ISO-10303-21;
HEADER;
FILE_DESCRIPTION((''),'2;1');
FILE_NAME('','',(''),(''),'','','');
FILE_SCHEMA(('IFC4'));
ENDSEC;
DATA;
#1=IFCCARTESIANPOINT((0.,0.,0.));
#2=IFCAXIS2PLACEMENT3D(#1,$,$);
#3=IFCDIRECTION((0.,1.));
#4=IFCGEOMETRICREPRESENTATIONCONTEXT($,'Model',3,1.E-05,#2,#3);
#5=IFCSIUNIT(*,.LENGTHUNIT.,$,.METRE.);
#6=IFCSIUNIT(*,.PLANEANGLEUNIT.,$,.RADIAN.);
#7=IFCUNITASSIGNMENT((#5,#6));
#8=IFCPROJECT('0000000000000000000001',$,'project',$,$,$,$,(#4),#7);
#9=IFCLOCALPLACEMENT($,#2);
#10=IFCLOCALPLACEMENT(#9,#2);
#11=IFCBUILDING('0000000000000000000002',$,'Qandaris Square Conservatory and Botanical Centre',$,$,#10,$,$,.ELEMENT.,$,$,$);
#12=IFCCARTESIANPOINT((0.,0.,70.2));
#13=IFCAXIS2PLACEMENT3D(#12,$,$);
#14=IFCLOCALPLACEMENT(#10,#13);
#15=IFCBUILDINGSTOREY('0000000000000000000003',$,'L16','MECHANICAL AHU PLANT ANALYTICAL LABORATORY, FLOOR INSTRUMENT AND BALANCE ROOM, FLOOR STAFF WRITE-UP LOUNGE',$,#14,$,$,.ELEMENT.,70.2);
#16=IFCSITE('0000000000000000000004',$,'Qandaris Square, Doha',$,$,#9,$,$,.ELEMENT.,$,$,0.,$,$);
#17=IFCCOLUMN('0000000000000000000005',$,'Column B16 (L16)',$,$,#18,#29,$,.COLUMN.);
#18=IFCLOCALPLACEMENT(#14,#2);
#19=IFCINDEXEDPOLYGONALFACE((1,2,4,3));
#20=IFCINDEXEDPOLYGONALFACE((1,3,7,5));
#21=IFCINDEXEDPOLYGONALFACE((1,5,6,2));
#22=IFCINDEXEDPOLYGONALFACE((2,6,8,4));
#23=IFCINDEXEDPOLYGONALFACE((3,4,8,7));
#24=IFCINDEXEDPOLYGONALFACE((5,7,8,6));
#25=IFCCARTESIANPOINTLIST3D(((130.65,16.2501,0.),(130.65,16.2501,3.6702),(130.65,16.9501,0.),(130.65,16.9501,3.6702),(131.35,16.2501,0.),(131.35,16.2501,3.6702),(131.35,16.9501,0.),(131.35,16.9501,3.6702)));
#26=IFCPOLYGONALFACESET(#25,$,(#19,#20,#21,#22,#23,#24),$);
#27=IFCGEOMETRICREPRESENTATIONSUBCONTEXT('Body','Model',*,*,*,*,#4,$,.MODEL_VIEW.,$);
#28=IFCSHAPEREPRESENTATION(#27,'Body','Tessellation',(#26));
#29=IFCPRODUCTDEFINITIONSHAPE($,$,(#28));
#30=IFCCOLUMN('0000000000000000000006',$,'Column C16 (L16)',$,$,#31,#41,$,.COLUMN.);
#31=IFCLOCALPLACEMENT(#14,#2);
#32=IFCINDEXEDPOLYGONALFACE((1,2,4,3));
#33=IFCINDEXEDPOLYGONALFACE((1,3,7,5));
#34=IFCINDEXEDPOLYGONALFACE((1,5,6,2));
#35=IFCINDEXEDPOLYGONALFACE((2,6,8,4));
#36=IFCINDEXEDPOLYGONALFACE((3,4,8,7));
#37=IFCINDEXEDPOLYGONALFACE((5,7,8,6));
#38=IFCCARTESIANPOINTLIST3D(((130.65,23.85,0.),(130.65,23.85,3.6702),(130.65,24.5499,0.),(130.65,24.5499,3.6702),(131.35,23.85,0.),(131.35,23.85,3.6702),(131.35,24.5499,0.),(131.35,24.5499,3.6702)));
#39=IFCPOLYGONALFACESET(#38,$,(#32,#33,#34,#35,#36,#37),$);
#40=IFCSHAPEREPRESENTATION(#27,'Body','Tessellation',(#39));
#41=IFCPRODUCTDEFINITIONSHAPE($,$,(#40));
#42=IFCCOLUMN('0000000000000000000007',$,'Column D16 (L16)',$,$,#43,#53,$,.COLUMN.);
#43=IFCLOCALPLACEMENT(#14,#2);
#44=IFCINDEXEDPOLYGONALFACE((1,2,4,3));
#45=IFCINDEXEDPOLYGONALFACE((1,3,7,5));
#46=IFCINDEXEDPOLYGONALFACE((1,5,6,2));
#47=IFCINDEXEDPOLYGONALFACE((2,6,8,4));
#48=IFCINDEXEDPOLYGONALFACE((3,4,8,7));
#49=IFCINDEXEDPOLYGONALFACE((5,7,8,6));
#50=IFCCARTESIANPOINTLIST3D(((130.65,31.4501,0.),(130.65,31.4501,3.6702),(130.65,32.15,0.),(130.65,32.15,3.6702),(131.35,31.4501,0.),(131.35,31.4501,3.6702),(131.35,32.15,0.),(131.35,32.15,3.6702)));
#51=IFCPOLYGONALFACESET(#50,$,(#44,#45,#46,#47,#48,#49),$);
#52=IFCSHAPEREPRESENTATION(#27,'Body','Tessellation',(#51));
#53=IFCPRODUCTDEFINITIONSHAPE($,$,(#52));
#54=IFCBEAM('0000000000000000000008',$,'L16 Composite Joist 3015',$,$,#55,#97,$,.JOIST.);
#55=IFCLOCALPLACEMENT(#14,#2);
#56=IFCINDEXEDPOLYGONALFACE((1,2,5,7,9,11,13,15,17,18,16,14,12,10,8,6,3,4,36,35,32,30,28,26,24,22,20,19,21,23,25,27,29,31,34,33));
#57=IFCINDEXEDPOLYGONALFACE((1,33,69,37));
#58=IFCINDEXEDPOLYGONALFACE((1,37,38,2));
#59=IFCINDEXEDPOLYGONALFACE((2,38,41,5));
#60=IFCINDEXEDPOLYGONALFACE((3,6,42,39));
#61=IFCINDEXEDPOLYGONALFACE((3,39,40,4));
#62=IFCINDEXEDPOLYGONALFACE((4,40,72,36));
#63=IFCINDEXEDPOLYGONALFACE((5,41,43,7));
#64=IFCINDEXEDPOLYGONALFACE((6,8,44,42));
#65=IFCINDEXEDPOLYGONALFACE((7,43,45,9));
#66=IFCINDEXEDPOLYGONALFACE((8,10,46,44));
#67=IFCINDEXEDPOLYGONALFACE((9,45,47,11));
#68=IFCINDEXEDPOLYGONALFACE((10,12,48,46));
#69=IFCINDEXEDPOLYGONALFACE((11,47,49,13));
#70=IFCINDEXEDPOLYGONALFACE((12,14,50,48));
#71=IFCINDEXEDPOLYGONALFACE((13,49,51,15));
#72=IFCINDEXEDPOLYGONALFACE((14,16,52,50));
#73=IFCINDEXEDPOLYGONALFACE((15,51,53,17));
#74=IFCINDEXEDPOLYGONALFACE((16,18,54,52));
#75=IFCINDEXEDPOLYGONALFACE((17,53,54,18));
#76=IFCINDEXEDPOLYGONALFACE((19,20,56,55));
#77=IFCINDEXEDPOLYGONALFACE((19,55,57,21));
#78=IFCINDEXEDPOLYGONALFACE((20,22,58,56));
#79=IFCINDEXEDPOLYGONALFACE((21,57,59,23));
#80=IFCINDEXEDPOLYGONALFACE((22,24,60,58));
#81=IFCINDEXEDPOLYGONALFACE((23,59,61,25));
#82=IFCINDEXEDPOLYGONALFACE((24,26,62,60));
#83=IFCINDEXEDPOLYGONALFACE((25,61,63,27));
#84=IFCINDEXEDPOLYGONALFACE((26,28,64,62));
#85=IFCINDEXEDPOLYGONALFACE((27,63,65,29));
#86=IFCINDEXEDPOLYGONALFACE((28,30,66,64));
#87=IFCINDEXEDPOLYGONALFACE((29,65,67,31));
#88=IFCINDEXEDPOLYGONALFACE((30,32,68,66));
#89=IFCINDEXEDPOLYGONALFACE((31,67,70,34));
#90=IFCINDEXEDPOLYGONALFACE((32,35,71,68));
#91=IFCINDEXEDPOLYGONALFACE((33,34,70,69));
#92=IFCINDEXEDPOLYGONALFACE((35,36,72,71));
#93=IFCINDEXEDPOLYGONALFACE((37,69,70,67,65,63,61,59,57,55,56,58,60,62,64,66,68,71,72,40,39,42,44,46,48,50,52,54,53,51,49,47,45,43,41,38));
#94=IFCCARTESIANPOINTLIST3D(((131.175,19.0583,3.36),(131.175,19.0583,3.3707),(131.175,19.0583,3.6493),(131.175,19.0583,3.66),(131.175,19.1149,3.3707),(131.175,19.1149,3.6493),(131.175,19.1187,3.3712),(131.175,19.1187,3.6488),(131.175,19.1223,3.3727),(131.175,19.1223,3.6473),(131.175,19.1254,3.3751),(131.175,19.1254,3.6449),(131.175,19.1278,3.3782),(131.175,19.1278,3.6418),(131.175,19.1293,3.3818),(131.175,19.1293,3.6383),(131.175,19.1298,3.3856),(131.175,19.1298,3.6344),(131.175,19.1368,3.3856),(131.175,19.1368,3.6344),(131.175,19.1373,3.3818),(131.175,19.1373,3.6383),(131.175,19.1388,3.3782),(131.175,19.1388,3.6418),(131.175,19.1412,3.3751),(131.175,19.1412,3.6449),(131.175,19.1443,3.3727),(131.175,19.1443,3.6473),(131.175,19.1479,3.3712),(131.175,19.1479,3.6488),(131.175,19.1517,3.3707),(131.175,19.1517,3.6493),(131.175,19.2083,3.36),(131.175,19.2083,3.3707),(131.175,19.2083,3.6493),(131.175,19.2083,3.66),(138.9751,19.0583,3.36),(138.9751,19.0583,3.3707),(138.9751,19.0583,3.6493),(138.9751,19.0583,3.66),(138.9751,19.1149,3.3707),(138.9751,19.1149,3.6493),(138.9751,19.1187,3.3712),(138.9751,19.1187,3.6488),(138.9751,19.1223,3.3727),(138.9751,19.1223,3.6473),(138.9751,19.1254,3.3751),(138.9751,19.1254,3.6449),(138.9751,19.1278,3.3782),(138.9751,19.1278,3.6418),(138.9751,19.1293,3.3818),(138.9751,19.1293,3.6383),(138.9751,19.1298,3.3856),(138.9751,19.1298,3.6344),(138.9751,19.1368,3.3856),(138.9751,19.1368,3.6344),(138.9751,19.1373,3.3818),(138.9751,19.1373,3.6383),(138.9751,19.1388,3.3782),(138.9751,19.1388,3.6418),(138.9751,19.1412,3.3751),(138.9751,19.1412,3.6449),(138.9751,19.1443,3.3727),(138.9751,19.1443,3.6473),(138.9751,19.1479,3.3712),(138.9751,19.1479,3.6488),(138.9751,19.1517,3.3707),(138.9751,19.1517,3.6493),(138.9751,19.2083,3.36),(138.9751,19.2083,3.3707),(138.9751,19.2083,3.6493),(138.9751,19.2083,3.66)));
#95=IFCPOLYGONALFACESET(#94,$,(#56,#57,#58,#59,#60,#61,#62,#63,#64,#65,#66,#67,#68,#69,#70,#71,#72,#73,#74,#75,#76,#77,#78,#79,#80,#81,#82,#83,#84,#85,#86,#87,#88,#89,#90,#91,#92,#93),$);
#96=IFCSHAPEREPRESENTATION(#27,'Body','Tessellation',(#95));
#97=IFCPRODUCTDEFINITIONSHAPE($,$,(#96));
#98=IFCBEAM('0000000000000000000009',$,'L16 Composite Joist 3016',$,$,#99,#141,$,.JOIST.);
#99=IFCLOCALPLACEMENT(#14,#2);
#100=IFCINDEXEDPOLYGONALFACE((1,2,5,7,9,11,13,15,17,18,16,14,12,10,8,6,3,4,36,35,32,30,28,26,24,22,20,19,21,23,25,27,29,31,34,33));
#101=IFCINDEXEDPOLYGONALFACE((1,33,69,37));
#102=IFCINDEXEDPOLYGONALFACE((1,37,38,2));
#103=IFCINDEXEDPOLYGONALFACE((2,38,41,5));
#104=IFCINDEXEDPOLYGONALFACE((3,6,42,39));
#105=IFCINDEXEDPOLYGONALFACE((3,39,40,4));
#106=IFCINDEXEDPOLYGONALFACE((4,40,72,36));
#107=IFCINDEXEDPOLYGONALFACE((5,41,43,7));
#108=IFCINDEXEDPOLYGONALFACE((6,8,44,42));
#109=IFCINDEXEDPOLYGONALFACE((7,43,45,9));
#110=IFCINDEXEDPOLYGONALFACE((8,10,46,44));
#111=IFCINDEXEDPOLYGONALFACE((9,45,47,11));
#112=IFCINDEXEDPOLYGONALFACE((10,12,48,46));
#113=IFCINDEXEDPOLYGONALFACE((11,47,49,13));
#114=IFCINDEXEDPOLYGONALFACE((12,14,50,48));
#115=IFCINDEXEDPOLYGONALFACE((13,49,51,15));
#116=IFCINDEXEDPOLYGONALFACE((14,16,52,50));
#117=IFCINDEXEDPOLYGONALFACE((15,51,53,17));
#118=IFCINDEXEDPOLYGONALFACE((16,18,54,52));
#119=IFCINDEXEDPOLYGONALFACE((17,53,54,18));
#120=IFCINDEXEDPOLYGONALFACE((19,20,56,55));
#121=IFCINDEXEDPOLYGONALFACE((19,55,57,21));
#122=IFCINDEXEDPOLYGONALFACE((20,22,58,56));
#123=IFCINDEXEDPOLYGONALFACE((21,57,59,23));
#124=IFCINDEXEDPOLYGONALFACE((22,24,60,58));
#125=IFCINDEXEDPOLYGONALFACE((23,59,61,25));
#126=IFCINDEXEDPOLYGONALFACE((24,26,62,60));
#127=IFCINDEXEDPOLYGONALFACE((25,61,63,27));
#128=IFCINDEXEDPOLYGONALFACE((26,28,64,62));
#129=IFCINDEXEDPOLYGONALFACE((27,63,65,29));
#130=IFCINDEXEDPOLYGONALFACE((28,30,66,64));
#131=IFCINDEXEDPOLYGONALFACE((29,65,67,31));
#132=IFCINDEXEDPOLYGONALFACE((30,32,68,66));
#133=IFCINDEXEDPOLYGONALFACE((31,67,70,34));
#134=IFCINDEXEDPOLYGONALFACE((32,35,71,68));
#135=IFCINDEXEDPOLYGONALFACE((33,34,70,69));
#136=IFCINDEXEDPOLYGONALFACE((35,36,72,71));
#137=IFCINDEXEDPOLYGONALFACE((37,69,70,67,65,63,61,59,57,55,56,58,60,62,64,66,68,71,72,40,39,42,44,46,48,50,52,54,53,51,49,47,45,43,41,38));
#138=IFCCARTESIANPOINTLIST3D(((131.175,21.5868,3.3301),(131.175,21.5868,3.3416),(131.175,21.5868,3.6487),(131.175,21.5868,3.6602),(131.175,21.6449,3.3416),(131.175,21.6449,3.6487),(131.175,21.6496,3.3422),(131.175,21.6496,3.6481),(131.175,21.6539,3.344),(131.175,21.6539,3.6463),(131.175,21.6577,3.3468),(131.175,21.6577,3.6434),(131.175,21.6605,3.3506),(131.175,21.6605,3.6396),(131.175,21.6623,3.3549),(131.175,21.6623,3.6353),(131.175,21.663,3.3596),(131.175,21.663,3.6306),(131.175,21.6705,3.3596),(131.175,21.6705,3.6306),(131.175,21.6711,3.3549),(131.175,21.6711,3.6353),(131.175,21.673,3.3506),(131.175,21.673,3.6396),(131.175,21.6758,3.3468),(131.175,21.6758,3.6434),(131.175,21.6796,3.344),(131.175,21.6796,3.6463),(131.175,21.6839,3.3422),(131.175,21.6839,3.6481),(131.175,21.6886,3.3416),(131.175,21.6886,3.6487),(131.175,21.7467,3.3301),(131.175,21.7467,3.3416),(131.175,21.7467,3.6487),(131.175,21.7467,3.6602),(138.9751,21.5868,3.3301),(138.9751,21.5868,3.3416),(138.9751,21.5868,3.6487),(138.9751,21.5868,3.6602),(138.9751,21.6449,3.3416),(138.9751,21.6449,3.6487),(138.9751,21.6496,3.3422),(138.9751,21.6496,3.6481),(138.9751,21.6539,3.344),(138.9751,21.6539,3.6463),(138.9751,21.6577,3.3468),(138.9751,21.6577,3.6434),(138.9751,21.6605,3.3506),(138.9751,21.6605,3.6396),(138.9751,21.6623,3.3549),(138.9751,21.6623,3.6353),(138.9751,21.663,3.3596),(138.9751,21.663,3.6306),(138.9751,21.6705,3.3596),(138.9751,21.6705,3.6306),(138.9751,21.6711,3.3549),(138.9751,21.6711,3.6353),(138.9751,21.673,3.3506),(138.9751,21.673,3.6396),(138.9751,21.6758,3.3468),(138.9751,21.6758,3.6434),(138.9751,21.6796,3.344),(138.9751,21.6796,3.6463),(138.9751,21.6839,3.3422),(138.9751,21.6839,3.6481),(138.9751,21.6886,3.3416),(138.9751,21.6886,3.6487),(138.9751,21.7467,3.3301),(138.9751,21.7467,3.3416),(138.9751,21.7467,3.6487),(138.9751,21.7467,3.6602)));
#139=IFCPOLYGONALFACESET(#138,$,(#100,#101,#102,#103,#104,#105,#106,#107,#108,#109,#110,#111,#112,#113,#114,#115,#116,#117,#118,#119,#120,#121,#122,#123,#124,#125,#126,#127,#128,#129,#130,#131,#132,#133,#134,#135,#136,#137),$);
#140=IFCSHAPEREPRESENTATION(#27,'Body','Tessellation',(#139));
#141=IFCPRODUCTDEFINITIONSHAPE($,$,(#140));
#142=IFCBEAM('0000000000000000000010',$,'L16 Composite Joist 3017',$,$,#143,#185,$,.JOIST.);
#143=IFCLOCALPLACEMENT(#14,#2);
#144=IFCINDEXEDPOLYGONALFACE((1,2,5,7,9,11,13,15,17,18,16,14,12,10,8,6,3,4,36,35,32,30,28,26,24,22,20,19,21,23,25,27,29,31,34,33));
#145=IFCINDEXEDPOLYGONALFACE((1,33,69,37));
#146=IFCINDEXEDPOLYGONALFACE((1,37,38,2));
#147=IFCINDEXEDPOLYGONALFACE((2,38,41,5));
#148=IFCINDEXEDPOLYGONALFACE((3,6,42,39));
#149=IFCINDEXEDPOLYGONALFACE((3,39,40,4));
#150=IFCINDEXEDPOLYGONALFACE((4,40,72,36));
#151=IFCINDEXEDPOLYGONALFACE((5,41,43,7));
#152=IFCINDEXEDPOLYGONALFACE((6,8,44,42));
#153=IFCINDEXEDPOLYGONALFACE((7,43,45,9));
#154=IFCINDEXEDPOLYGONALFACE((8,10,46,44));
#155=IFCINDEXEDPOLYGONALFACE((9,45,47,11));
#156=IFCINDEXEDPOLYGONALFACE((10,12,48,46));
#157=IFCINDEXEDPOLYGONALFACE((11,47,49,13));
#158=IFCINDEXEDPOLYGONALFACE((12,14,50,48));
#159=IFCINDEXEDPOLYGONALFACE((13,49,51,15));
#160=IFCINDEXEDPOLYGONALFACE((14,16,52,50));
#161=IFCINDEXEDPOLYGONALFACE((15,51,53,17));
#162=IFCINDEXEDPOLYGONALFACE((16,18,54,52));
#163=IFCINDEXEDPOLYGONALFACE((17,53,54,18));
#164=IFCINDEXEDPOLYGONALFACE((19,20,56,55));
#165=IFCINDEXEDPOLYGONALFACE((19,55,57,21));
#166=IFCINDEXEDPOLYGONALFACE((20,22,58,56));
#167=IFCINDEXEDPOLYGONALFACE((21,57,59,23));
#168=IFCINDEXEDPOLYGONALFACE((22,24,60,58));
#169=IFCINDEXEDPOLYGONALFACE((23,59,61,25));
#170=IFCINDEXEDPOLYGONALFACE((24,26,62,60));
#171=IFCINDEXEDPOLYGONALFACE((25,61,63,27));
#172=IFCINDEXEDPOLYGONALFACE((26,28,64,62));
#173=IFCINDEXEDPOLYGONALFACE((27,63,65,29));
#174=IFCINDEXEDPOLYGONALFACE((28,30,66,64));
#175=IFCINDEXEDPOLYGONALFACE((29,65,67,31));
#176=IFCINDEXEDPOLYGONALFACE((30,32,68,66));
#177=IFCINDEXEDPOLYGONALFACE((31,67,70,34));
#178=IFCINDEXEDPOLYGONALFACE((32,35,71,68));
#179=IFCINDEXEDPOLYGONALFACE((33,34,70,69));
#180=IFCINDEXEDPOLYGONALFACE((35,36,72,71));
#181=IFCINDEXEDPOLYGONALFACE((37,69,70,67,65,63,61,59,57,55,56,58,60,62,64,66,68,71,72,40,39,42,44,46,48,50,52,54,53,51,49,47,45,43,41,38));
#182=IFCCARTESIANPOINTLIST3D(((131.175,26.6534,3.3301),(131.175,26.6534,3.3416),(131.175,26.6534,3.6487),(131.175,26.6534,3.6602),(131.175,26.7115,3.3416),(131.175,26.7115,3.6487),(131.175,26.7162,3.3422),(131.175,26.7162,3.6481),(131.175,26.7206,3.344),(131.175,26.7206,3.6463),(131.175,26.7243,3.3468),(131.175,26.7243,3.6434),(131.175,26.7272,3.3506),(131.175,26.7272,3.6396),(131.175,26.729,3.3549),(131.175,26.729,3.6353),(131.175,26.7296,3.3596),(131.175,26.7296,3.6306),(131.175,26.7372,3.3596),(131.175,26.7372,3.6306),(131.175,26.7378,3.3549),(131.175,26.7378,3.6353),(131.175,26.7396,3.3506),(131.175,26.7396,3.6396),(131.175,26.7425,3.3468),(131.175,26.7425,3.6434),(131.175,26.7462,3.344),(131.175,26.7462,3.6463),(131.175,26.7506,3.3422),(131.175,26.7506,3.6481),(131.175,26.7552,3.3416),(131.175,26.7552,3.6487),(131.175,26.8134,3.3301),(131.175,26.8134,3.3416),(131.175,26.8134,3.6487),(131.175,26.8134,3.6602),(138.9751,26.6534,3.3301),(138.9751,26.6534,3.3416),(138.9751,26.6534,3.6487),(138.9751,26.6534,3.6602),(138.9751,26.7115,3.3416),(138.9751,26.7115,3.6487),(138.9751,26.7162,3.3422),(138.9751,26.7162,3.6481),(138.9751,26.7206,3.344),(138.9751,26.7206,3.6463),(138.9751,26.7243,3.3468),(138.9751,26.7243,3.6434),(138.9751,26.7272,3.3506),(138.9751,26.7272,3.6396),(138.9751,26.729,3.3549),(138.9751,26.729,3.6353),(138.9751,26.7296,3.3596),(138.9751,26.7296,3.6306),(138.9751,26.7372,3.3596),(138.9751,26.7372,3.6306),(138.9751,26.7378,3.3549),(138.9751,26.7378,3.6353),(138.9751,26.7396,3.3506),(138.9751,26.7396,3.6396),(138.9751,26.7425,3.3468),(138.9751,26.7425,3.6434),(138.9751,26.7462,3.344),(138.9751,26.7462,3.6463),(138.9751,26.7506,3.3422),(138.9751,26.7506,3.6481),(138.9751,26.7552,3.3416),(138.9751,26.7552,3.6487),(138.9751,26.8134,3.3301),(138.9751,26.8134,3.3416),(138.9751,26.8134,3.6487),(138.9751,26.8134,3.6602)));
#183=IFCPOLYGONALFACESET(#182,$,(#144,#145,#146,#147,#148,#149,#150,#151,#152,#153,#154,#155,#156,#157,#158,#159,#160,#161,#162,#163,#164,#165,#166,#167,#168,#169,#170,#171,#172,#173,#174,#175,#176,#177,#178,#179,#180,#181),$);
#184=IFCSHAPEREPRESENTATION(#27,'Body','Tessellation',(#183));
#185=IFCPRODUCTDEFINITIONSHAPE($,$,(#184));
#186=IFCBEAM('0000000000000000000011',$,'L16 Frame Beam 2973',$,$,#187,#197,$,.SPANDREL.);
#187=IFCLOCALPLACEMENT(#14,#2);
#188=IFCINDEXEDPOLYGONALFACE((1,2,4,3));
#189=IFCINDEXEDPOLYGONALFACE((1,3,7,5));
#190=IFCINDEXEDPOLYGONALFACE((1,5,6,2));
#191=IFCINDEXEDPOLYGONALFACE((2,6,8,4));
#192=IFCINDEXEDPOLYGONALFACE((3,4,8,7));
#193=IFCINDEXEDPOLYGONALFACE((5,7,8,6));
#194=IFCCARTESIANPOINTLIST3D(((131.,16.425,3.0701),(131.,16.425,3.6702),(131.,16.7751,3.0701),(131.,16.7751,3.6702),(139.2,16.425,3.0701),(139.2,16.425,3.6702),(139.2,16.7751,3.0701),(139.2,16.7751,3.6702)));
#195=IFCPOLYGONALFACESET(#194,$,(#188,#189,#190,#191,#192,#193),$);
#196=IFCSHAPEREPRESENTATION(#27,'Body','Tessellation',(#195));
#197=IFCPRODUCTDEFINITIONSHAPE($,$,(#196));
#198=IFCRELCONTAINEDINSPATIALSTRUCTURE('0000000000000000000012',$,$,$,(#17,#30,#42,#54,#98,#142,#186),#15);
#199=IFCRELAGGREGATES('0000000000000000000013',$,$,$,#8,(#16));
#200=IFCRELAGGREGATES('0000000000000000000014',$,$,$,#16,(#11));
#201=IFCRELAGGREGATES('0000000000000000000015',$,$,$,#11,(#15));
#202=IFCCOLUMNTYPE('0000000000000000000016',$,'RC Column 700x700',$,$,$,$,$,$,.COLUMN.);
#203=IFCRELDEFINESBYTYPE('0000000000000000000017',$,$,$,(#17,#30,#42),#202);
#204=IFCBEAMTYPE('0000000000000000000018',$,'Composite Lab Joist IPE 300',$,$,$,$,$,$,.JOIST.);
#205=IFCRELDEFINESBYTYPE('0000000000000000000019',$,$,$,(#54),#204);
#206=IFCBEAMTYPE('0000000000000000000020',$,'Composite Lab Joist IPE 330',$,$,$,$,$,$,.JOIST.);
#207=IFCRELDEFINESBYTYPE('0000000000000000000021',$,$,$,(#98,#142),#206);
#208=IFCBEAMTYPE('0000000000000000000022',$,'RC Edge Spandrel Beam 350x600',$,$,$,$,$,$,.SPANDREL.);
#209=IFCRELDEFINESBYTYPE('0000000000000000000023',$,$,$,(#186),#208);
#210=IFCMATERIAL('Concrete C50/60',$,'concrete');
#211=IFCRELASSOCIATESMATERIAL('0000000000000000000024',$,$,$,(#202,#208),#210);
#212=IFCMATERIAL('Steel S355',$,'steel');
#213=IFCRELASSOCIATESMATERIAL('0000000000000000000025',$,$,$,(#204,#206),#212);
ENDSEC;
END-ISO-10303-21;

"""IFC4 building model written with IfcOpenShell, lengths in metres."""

from ifc_helpers import new_model, si_unit, direction, frame, origin, origin_2d, place, context, subcontext, project, spatial, rectangle, i_section, extrude, material, material_profile, profile_set, type_object, element, save


model = new_model("IFC4")

# Units and contexts
model_context = context("Model", 3, precision=1e-05, world=origin(), true_north=direction((0.0, 1.0)))
body_context = subcontext(model_context, "Body", "Model", "MODEL_VIEW")
ifc_project = project(units=[si_unit("LENGTHUNIT", "METRE"), si_unit("PLANEANGLEUNIT", "RADIAN")], contexts=[model_context])

# Site, building, storey
site_placement = place(None, origin())
site = spatial("IfcSite", under=ifc_project, at=site_placement, Name="Qandaris Square, Doha", CompositionType="ELEMENT", RefElevation=0.0)
building_placement = place(site_placement, origin())
building = spatial("IfcBuilding", under=site, at=building_placement, Name="Qandaris Square Conservatory and Botanical Centre", CompositionType="ELEMENT")
storey_placement = place(building_placement, frame((0.0, 0.0, 70.2)))
storey = spatial("IfcBuildingStorey", under=building, at=storey_placement, Name="L16", Description="MECHANICAL AHU PLANT ANALYTICAL LABORATORY, FLOOR INSTRUMENT AND BALANCE ROOM, FLOOR STAFF WRITE-UP LOUNGE", CompositionType="ELEMENT", Elevation=70.2)

# Columns
ifc_material_1 = material(Name="Concrete C50/60", Category="concrete")
ifc_material_profile_1 = material_profile(ifc_material_1, rectangle(XDim=0.7, YDim=0.7, at=origin_2d()), Name="RC-COL 700x700")
ifc_profile_set_1 = profile_set([ifc_material_profile_1], Name="Concrete C50/60")
column_type = type_object("IfcColumnType", Name="RC Column 700x700", PredefinedType="COLUMN", material=ifc_profile_set_1)
for number, where, z_axis, x_axis, name in (
    (1, (131.0, 16.6001, 0.0), (0.0, 0.0, 1.0), (1.0, 0.0, 0.0), "Column B16 (L16)"),
    (2, (131.0, 24.2, 0.0), (0.0, 0.0, 1.0), (1.0, 0.0, 0.0), "Column C16 (L16)"),
    (3, (131.0, 31.8, 0.0), (0.0, 0.0, 1.0), (1.0, 0.0, 0.0), "Column D16 (L16)"),
):
    element("IfcColumn", number, at=place(storey_placement, frame(where, z_axis=z_axis, x_axis=x_axis)), inside=storey, type_object=column_type, Name=name, PredefinedType="COLUMN", context=body_context, shape_type="SweptSolid", body=[
        extrude(rectangle(XDim=0.7, YDim=0.7, at=origin_2d()), origin(), (0.0, 0.0, 1.0), 3.6702),
    ])

# Beams
ifc_material_2 = material(Name="Steel S355", Category="steel")
ifc_material_profile_2 = material_profile(ifc_material_2, i_section(OverallWidth=0.1499, OverallDepth=0.3, WebThickness=0.0071, FlangeThickness=0.0107, FilletRadius=0.0149, at=origin_2d()), Name="IPE 300")
ifc_profile_set_2 = profile_set([ifc_material_profile_2], Name="Steel S355")
beam_type_1 = type_object("IfcBeamType", Name="Composite Lab Joist IPE 300", PredefinedType="JOIST", material=ifc_profile_set_2)
beam_1_placement = place(storey_placement, frame((131.175, 19.1333, 3.51), z_axis=(1.0, 0.0, 0.0), x_axis=(0.0, 1.0, 0.0)))
element("IfcBeam", 4, at=beam_1_placement, inside=storey, type_object=beam_type_1, Name="L16 Composite Joist 3015", PredefinedType="JOIST", context=body_context, shape_type="SweptSolid", body=[
    extrude(i_section(OverallWidth=0.1499, OverallDepth=0.3, WebThickness=0.0071, FlangeThickness=0.0107, FilletRadius=0.0149, at=origin_2d()), origin(), (0.0, 0.0, 1.0), 7.8),
])
ifc_material_profile_3 = material_profile(ifc_material_2, i_section(OverallWidth=0.1599, OverallDepth=0.3301, WebThickness=0.0076, FlangeThickness=0.0115, FilletRadius=0.0181, at=origin_2d()), Name="IPE 330")
ifc_profile_set_3 = profile_set([ifc_material_profile_3], Name="Steel S355")
beam_type_2 = type_object("IfcBeamType", Name="Composite Lab Joist IPE 330", PredefinedType="JOIST", material=ifc_profile_set_3)
for number, where, z_axis, x_axis, name in (
    (5, (131.175, 21.6667, 3.4951), (1.0, 0.0, 0.0), (0.0, 1.0, 0.0), "L16 Composite Joist 3016"),
    (6, (131.175, 26.7334, 3.4951), (1.0, 0.0, 0.0), (0.0, 1.0, 0.0), "L16 Composite Joist 3017"),
):
    element("IfcBeam", number, at=place(storey_placement, frame(where, z_axis=z_axis, x_axis=x_axis)), inside=storey, type_object=beam_type_2, Name=name, PredefinedType="JOIST", context=body_context, shape_type="SweptSolid", body=[
        extrude(i_section(OverallWidth=0.1599, OverallDepth=0.3301, WebThickness=0.0076, FlangeThickness=0.0115, FilletRadius=0.0181, at=origin_2d()), origin(), (0.0, 0.0, 1.0), 7.8),
    ])
ifc_material_profile_4 = material_profile(ifc_material_1, rectangle(XDim=0.3501, YDim=0.6001, at=origin_2d()), Name="RC-SP 350x600")
ifc_profile_set_4 = profile_set([ifc_material_profile_4], Name="Concrete C50/60")
beam_type_3 = type_object("IfcBeamType", Name="RC Edge Spandrel Beam 350x600", PredefinedType="SPANDREL", material=ifc_profile_set_4)
for number, where, z_axis, x_axis, name in (
    (7, (131.0, 16.6001, 3.3701), (1.0, 0.0, 0.0), (0.0, 1.0, 0.0), "L16 Frame Beam 2973"),
):
    element("IfcBeam", number, at=place(storey_placement, frame(where, z_axis=z_axis, x_axis=x_axis)), inside=storey, type_object=beam_type_3, Name=name, PredefinedType="SPANDREL", context=body_context, shape_type="SweptSolid", body=[
        extrude(rectangle(XDim=0.3501, YDim=0.6001, at=origin_2d()), origin(), (0.0, 0.0, 1.0), 8.2),
    ])

save(model, "model.ifc")
